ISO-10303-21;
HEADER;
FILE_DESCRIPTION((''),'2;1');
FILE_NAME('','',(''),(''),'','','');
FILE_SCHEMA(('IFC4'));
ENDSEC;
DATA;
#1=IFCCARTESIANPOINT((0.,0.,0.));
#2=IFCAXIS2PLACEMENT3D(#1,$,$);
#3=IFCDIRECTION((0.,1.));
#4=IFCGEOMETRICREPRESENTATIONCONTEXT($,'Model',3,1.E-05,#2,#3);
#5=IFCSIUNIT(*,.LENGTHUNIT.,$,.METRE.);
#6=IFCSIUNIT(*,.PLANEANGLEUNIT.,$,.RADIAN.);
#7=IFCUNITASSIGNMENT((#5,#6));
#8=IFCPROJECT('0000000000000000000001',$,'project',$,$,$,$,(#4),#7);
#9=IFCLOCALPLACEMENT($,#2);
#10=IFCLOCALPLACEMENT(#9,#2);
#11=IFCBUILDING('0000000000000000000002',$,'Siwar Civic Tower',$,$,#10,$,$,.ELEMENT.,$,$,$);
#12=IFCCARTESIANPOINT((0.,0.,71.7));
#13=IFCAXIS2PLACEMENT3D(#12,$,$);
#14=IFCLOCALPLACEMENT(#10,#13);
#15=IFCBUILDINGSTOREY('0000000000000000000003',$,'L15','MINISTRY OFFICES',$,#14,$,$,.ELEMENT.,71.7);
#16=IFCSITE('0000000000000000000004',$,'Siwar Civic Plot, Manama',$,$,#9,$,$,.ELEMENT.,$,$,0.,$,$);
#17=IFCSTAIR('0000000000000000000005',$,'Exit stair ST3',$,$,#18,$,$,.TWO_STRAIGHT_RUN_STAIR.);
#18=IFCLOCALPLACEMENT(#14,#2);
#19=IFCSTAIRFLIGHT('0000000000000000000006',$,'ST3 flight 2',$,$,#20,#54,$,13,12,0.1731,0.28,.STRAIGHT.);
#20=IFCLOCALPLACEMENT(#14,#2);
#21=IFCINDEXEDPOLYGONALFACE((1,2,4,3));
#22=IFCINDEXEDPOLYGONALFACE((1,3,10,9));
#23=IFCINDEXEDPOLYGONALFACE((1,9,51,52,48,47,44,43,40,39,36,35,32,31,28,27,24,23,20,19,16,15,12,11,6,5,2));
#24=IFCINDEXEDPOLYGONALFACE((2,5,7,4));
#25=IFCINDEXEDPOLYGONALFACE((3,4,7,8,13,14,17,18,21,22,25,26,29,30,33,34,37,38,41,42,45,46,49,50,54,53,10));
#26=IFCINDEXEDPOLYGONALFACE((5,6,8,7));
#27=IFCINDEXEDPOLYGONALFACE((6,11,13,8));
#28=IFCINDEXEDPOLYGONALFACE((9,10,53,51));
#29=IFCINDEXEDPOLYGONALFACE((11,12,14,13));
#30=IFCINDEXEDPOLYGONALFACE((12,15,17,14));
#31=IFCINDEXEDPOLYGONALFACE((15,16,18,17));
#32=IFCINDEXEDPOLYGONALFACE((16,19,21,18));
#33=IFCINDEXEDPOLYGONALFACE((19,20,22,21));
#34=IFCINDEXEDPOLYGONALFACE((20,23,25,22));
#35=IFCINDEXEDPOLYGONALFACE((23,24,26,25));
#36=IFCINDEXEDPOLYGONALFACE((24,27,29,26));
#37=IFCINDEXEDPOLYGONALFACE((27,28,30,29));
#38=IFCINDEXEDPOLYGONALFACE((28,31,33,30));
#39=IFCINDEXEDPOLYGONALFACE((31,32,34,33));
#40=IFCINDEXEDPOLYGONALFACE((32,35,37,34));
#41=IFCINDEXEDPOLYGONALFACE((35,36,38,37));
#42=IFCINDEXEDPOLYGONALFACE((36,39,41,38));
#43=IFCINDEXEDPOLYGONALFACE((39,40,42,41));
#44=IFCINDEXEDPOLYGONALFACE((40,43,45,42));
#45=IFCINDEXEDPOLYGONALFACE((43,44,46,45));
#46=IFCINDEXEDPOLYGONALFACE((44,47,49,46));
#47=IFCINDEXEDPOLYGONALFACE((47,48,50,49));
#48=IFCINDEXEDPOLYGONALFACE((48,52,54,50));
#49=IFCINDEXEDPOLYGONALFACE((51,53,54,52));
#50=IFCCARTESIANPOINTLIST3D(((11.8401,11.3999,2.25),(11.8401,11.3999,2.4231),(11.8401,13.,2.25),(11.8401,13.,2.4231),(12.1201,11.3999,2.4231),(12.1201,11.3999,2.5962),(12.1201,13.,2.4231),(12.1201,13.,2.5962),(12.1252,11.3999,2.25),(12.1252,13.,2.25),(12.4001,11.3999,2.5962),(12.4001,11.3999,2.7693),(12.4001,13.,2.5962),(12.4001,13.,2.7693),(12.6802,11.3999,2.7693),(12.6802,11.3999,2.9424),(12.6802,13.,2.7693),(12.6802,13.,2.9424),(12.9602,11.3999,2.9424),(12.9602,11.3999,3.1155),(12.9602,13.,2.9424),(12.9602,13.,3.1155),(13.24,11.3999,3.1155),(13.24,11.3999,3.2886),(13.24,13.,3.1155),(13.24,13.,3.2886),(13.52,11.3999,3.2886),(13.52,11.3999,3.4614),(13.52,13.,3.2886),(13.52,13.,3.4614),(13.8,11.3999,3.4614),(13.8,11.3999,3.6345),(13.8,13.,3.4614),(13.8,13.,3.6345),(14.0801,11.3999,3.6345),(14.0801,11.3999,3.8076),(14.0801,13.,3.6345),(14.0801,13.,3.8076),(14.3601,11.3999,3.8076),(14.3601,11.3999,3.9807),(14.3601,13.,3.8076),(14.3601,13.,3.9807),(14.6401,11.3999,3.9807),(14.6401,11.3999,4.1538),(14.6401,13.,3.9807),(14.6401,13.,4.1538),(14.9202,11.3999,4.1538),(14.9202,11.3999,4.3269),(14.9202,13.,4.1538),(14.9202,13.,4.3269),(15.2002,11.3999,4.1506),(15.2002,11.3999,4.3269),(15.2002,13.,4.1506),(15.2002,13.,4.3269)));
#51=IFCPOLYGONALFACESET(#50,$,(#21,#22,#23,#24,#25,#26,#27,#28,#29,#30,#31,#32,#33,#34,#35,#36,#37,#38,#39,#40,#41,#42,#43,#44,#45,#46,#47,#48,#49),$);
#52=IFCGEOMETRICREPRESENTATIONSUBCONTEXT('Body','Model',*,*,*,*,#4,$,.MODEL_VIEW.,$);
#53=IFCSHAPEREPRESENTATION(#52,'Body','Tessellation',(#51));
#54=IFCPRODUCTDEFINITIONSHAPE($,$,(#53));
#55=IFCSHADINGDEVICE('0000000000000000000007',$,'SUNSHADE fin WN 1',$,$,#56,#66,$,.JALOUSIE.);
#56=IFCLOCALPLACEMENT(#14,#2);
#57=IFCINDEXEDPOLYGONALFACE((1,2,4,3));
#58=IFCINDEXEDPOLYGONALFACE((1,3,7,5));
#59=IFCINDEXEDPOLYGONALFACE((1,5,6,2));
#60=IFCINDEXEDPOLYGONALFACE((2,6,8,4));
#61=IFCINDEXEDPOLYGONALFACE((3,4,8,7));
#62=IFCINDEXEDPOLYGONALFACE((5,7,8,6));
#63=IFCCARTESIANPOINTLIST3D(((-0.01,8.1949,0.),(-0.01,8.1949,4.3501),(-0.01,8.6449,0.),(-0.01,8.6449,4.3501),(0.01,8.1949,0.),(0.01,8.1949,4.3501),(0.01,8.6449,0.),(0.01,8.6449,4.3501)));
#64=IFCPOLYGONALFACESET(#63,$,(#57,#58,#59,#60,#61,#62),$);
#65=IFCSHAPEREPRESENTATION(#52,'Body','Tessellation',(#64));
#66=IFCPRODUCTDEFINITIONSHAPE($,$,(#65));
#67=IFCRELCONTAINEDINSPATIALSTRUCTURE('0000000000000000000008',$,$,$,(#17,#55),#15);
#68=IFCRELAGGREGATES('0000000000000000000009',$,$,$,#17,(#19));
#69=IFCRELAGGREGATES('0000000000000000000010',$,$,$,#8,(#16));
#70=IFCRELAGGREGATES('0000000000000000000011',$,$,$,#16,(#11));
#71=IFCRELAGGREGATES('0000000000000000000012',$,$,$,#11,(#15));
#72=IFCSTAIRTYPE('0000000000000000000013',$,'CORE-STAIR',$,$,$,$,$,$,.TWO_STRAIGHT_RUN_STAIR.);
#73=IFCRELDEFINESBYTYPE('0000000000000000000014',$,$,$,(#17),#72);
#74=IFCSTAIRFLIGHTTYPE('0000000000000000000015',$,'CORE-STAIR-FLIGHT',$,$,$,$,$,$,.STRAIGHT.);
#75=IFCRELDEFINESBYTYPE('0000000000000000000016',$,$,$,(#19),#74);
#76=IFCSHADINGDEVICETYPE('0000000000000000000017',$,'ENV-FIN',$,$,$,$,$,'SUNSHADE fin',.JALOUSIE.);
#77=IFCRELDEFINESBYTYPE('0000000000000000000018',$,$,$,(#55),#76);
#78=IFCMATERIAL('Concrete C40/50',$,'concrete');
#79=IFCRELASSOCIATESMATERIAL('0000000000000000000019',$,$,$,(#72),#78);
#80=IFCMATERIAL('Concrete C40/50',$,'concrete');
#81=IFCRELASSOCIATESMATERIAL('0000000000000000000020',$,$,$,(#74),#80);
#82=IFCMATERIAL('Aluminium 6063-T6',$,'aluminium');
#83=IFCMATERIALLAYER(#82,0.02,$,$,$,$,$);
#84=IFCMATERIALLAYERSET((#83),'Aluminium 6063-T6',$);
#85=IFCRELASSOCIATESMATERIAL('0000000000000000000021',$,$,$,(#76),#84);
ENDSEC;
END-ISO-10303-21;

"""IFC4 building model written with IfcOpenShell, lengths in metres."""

from ifc_helpers import new_model, si_unit, direction, frame, origin, origin_2d, place, context, subcontext, project, spatial, polyline, rectangle, outline, extrude, material, layer, layer_set, type_object, element, aggregate, save


model = new_model("IFC4")

# Units and contexts
model_context = context("Model", 3, precision=1e-05, world=origin(), true_north=direction((0.0, 1.0)))
body_context = subcontext(model_context, "Body", "Model", "MODEL_VIEW")
ifc_project = project(units=[si_unit("LENGTHUNIT", "METRE"), si_unit("PLANEANGLEUNIT", "RADIAN")], contexts=[model_context])

# Site, building, storey
site_placement = place(None, origin())
site = spatial("IfcSite", under=ifc_project, at=site_placement, Name="Siwar Civic Plot, Manama", CompositionType="ELEMENT", RefElevation=0.0)
building_placement = place(site_placement, origin())
building = spatial("IfcBuilding", under=site, at=building_placement, Name="Siwar Civic Tower", CompositionType="ELEMENT")
storey_placement = place(building_placement, frame((0.0, 0.0, 71.7)))
storey = spatial("IfcBuildingStorey", under=building, at=storey_placement, Name="L15", Description="MINISTRY OFFICES", CompositionType="ELEMENT", Elevation=71.7)

# Stair
ifc_material_1 = material(Name="Concrete C40/50", Category="concrete")
stair_type = type_object("IfcStairType", Name="CORE-STAIR", PredefinedType="TWO_STRAIGHT_RUN_STAIR", material=ifc_material_1)
stair_1_placement = place(storey_placement, origin())
stair_1 = element("IfcStair", 1, at=stair_1_placement, inside=storey, type_object=stair_type, Name="Exit stair ST3", PredefinedType="TWO_STRAIGHT_RUN_STAIR")

# Stair flight
ifc_material_2 = material(Name="Concrete C40/50", Category="concrete")
stair_flight_type = type_object("IfcStairFlightType", Name="CORE-STAIR-FLIGHT", PredefinedType="STRAIGHT", material=ifc_material_2)
stair_flight_1_placement = place(storey_placement, frame((11.8401, 12.2, 2.25), z_axis=(0.0, 0.0, 1.0), x_axis=(1.0, 0.0, 0.0)))
stair_flight_1 = element("IfcStairFlight", 2, at=stair_flight_1_placement, type_object=stair_flight_type, Name="ST3 flight 2", NumberOfRisers=13, NumberOfTreads=12, PredefinedType="STRAIGHT", RiserHeight=0.1731, TreadLength=0.28, context=body_context, shape_type="SweptSolid", body=[
    extrude(outline(polyline([(0.0, 0.0), (0.0, 0.1731), (0.28, 0.1731), (0.28, 0.3462), (0.5601, 0.3462), (0.5601, 0.5193), (0.8401, 0.5193), (0.8401, 0.6924), (1.1201, 0.6924), (1.1201, 0.8655), (1.3999, 0.8655), (1.3999, 1.0386), (1.6799, 1.0386), (1.6799, 1.2114), (1.96, 1.2114), (1.96, 1.3845), (2.24, 1.3845), (2.24, 1.5576), (2.52, 1.5576), (2.52, 1.7307), (2.8, 1.7307), (2.8, 1.9038), (3.0801, 1.9038), (3.0801, 2.0769), (3.3601, 2.0769), (3.3601, 2.25), (3.3601, 1.9006), (0.2852, 0.0), (0.0, 0.0)])), frame((0.0, 0.8, 0.0), z_axis=(0.0, -1.0, 0.0), x_axis=(1.0, 0.0, 0.0)), (0.0, 0.0, 1.0), 1.6001),
])
aggregate(stair_1, [stair_flight_1])

# Shading device
ifc_material_3 = material(Name="Aluminium 6063-T6", Category="aluminium")
ifc_layer_1 = layer(ifc_material_3, 0.02)
ifc_layer_set_1 = layer_set([ifc_layer_1], Name="Aluminium 6063-T6")
shading_device_type = type_object("IfcShadingDeviceType", Name="ENV-FIN", ElementType="SUNSHADE fin", PredefinedType="JALOUSIE", material=ifc_layer_set_1)
shading_device_placement = place(storey_placement, frame((0.0, 8.4199, 0.0), z_axis=(0.0, 0.0, 1.0), x_axis=(-1.0, 0.0, 0.0)))
element("IfcShadingDevice", 3, at=shading_device_placement, inside=storey, type_object=shading_device_type, Name="SUNSHADE fin WN 1", PredefinedType="JALOUSIE", context=body_context, shape_type="SweptSolid", body=[
    extrude(rectangle(XDim=0.02, YDim=0.45, at=origin_2d()), origin(), (0.0, 0.0, 1.0), 4.3501),
])

save(model, "model.ifc")
